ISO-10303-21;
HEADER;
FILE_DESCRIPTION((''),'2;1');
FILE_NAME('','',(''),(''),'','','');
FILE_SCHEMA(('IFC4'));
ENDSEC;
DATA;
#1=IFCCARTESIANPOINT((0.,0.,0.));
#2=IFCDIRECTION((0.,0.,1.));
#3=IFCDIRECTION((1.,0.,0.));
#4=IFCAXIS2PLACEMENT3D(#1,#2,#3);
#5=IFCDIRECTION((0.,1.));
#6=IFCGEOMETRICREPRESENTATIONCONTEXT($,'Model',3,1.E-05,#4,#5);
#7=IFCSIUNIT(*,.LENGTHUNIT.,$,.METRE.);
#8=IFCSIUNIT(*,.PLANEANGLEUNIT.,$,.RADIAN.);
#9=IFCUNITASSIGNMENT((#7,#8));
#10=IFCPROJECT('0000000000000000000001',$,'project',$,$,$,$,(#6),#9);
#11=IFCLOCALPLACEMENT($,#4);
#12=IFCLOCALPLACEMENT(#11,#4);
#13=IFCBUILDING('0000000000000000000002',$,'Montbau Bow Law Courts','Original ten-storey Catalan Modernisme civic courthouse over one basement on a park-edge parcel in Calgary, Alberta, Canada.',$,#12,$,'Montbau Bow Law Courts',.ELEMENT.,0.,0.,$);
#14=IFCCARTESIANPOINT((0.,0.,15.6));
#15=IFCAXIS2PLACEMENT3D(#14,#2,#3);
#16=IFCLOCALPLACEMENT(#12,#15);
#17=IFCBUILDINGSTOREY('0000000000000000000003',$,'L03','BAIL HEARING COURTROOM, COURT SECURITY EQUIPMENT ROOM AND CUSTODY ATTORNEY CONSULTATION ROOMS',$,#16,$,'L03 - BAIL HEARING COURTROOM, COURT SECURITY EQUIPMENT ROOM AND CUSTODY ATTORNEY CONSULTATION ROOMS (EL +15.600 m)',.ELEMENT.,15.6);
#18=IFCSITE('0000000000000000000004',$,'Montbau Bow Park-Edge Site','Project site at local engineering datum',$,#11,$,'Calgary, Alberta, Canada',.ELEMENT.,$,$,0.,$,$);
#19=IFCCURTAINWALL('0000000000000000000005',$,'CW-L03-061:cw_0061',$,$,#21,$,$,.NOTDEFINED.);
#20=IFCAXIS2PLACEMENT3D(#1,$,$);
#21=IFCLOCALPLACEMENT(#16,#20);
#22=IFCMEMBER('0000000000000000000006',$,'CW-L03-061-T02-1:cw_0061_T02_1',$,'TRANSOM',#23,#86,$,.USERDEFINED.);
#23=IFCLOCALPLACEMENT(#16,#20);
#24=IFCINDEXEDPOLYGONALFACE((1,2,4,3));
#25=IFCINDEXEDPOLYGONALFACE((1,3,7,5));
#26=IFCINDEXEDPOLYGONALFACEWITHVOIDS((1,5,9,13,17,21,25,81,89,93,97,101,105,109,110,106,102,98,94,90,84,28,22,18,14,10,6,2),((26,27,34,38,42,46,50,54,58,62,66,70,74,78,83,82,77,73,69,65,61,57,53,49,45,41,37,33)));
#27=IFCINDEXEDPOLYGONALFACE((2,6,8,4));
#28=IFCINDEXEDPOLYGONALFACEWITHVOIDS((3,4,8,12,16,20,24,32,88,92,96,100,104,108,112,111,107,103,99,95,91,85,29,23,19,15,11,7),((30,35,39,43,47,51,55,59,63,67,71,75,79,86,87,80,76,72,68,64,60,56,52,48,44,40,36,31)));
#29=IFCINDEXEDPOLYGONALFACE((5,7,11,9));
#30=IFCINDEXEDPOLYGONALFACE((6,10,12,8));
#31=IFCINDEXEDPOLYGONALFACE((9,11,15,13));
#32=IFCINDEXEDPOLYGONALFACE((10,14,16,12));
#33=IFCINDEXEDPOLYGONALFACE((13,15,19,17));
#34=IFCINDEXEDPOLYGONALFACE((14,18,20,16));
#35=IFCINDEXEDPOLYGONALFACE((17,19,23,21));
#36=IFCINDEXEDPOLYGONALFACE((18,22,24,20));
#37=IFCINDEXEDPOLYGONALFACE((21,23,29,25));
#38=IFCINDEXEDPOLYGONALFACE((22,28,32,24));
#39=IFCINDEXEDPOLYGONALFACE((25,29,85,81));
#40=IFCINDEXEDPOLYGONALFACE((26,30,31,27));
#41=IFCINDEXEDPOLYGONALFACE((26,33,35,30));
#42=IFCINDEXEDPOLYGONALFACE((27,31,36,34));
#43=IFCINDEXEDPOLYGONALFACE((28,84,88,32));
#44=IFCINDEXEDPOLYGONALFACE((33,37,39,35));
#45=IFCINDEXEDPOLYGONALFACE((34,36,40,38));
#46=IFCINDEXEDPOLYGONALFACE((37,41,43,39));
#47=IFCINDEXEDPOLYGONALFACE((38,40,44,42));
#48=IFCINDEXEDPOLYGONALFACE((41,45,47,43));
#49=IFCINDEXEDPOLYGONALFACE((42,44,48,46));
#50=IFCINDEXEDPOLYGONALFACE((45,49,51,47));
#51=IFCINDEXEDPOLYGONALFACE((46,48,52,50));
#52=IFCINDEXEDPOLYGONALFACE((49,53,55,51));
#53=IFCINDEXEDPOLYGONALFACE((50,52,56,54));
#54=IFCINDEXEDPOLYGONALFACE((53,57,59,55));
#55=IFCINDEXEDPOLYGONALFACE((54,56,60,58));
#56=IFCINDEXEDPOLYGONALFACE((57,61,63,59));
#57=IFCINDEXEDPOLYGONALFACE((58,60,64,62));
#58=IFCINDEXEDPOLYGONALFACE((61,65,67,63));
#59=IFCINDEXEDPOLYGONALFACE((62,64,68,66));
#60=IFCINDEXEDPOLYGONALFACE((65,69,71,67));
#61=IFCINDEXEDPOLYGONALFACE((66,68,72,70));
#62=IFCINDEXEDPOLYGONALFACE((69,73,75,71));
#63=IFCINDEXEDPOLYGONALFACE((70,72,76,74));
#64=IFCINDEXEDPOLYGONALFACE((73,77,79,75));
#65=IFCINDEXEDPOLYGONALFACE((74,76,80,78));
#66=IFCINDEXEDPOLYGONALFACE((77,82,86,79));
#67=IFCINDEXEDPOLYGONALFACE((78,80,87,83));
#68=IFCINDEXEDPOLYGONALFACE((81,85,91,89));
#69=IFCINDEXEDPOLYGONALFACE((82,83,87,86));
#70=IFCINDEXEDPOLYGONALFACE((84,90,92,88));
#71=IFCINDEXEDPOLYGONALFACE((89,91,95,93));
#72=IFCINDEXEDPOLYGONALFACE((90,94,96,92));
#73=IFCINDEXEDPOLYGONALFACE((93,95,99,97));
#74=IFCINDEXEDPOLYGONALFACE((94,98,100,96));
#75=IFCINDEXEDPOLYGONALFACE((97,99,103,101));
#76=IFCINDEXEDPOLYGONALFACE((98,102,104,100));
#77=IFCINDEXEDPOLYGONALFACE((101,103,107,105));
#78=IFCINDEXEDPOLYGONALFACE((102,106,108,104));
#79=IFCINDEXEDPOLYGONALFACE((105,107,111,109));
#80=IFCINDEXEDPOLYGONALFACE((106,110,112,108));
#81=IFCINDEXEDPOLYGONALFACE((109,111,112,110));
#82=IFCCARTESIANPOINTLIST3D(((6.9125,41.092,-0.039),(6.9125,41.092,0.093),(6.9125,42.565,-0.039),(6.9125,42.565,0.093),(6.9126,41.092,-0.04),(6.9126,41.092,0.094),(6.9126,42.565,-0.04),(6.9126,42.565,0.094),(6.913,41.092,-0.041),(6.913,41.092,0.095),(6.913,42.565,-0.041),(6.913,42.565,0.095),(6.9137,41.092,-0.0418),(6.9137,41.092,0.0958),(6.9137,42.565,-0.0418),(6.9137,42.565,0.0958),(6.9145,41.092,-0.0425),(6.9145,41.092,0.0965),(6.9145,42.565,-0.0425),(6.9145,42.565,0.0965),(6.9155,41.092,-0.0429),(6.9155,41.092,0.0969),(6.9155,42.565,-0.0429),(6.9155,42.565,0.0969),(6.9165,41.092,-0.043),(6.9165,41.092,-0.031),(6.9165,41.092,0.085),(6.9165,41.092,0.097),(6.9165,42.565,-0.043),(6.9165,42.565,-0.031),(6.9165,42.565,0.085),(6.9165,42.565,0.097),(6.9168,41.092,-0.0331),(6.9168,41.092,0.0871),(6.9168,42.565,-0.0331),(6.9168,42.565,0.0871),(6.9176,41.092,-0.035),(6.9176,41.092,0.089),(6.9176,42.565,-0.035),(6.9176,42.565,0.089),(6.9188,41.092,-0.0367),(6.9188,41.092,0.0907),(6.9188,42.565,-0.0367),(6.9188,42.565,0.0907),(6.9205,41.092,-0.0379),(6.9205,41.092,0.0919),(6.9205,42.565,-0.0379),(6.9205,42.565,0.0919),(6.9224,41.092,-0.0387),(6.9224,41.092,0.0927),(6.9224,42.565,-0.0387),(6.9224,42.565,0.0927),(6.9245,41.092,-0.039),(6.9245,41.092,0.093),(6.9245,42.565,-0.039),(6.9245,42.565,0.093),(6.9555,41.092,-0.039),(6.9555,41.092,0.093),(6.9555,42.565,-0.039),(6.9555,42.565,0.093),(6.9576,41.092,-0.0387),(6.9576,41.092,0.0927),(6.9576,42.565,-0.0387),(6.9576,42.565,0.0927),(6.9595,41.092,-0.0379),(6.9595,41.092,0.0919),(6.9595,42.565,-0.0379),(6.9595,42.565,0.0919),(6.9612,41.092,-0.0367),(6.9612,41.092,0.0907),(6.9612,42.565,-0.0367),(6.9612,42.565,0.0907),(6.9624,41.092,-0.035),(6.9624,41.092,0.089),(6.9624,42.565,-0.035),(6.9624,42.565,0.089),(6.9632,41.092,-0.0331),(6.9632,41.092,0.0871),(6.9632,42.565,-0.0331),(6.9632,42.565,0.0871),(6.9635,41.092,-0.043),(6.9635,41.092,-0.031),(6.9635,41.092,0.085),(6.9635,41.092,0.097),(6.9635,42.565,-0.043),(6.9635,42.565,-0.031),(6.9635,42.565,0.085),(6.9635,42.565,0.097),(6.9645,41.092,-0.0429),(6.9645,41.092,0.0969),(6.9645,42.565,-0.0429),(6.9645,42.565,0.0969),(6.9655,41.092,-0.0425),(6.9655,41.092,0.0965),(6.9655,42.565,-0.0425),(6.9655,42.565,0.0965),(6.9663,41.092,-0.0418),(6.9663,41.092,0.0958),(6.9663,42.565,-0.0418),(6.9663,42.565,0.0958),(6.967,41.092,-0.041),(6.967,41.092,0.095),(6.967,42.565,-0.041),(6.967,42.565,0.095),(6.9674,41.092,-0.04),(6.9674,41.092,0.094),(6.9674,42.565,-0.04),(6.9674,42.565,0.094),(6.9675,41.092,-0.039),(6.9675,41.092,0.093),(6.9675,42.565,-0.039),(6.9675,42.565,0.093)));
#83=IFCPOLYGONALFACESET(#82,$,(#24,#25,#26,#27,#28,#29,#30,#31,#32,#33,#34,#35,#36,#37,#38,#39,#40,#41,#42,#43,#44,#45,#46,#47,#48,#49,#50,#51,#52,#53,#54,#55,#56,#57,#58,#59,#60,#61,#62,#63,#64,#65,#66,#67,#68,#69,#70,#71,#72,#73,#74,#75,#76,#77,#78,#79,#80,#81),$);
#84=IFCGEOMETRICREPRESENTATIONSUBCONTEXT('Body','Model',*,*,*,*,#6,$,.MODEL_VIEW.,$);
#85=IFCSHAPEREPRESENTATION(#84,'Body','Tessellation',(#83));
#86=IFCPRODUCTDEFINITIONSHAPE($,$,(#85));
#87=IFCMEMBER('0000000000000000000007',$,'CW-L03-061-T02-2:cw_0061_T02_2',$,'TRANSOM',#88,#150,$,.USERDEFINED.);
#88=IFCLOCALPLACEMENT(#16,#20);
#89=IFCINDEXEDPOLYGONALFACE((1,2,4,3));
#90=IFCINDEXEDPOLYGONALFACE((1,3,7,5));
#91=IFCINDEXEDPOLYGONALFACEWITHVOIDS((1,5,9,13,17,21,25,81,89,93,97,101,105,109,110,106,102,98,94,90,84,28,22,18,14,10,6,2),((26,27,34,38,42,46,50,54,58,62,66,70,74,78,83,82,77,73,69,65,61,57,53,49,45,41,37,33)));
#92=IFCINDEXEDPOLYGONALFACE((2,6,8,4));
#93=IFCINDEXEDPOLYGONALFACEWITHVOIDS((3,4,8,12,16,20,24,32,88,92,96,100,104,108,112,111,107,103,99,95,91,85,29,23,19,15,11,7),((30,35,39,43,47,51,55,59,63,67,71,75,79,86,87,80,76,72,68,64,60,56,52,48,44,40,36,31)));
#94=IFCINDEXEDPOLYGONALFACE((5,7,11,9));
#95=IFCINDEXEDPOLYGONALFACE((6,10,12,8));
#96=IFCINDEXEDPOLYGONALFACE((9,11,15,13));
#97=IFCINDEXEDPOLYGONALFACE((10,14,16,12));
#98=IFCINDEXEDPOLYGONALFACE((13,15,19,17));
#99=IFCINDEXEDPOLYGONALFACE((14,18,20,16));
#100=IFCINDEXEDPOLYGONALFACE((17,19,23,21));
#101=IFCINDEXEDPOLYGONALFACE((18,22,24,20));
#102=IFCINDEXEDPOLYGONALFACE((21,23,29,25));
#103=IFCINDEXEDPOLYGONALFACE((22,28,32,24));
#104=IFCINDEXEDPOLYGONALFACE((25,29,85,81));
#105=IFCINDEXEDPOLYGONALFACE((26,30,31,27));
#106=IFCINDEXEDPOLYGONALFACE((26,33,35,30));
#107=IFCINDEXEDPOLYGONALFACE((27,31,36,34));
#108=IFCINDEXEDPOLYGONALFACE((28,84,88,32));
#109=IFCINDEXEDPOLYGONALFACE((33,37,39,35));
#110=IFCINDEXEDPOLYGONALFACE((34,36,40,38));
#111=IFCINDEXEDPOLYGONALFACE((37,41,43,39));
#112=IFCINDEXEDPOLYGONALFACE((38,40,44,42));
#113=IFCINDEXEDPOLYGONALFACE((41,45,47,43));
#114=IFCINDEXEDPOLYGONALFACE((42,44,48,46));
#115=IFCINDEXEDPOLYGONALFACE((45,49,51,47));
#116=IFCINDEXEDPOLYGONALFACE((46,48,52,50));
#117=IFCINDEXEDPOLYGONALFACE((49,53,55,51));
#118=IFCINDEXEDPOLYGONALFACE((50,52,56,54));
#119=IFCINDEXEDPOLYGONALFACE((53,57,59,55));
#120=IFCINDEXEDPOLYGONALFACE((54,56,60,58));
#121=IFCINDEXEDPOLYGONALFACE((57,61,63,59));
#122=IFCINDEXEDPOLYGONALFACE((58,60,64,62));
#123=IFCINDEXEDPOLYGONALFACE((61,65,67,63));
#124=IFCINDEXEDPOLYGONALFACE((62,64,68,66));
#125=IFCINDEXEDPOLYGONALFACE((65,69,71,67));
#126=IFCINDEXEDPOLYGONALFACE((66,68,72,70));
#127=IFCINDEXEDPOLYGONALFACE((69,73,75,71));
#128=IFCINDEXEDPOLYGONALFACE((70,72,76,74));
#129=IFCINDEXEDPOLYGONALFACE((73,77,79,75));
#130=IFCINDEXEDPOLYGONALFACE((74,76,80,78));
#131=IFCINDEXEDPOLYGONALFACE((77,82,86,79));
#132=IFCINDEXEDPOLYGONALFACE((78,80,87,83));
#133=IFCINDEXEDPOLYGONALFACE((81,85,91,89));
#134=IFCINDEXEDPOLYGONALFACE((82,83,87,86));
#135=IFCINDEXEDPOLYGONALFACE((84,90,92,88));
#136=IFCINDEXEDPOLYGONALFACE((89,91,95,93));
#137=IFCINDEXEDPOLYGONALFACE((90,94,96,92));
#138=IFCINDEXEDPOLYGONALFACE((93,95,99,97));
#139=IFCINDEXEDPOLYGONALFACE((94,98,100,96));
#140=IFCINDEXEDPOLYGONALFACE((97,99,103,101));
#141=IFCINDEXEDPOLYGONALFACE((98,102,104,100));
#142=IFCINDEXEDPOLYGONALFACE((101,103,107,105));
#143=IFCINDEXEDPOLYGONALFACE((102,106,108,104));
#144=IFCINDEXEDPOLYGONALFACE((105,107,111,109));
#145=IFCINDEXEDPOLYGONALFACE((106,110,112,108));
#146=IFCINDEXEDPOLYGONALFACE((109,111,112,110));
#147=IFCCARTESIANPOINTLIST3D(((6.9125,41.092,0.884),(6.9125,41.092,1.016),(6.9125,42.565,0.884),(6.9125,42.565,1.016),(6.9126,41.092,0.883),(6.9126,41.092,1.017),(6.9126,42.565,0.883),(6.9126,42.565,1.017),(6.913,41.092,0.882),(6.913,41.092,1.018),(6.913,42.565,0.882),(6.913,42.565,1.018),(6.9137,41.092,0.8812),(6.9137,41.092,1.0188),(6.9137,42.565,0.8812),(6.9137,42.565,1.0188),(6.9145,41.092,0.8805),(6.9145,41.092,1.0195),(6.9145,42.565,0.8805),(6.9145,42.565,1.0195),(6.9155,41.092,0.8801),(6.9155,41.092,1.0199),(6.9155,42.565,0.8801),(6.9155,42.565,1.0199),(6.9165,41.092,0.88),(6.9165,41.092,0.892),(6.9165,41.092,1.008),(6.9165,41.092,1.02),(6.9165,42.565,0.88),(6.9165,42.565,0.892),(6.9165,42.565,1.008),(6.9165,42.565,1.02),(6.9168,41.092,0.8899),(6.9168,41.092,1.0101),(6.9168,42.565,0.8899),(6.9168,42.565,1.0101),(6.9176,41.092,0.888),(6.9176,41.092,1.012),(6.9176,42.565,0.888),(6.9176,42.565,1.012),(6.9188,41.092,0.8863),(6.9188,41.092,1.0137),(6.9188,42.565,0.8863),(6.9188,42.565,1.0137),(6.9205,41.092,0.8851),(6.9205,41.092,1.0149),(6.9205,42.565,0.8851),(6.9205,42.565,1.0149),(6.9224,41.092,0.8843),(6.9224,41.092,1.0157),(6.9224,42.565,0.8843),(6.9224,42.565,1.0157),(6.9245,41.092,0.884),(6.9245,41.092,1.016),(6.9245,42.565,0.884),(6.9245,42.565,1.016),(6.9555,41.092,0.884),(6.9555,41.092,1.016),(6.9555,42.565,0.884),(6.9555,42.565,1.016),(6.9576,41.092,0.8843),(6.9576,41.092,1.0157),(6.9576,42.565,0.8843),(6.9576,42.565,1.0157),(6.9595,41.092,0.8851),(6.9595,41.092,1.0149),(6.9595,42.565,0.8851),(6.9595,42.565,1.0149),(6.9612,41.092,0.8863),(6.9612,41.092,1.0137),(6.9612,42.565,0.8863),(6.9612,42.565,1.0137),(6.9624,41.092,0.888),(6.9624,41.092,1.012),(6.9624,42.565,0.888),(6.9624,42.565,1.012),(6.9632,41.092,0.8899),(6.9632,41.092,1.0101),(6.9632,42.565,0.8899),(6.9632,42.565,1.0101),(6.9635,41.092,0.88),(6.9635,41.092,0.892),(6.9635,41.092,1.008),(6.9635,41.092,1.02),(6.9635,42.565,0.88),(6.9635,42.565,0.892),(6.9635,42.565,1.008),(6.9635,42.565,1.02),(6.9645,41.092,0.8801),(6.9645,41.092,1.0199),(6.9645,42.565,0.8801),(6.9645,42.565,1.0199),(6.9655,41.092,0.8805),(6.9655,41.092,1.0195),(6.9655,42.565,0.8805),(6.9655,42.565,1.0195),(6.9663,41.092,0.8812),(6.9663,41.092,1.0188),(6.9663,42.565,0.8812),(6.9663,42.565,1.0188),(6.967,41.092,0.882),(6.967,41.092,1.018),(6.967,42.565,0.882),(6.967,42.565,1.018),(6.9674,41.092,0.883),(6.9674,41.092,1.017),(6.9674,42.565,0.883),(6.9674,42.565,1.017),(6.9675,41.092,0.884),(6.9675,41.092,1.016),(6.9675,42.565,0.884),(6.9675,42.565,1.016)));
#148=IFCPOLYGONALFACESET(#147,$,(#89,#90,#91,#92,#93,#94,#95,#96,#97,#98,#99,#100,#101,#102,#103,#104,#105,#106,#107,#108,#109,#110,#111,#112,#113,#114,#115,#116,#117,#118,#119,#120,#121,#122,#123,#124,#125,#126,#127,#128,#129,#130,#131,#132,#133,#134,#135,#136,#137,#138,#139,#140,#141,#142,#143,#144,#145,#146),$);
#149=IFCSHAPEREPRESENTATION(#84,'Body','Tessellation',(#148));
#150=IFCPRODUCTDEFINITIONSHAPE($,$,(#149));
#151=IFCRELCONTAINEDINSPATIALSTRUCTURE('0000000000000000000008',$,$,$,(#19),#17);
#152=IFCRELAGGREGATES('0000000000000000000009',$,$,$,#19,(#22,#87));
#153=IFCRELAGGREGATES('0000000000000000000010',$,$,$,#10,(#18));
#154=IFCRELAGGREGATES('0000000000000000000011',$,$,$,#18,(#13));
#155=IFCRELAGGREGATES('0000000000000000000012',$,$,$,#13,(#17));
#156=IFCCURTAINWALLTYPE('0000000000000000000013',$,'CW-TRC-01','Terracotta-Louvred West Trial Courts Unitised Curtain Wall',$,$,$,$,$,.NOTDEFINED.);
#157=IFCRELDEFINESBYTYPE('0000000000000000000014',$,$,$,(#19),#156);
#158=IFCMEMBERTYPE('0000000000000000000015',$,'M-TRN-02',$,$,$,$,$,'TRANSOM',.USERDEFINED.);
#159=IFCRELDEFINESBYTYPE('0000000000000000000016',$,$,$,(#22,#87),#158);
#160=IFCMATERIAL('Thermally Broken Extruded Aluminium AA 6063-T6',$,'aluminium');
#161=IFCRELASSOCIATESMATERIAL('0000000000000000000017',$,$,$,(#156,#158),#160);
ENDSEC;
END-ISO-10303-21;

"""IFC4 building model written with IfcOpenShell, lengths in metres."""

from ifc_helpers import new_model, si_unit, direction, frame, origin_with_axes, origin_2d_with_axis, place, context, subcontext, project, spatial, hollow_rectangle, extrude, material, material_profile, profile_set, type_object, element, aggregate, save


model = new_model("IFC4")

# Units and contexts
model_context = context("Model", 3, precision=1e-05, world=origin_with_axes(), true_north=direction((0.0, 1.0)))
body_context = subcontext(model_context, "Body", "Model", "MODEL_VIEW")
ifc_project = project(units=[si_unit("LENGTHUNIT", "METRE"), si_unit("PLANEANGLEUNIT", "RADIAN")], contexts=[model_context])

# Site, building, storey
site_placement = place(None, origin_with_axes())
site = spatial("IfcSite", under=ifc_project, at=site_placement, Name="Montbau Bow Park-Edge Site", Description="Project site at local engineering datum", LongName="Calgary, Alberta, Canada", CompositionType="ELEMENT", RefElevation=0.0)
building_placement = place(site_placement, origin_with_axes())
building = spatial("IfcBuilding", under=site, at=building_placement, Name="Montbau Bow Law Courts", Description="Original ten-storey Catalan Modernisme civic courthouse over one basement on a park-edge parcel in Calgary, Alberta, Canada.", LongName="Montbau Bow Law Courts", CompositionType="ELEMENT", ElevationOfRefHeight=0.0, ElevationOfTerrain=0.0)
storey_placement = place(building_placement, frame((0.0, 0.0, 15.6), z_axis=(0.0, 0.0, 1.0), x_axis=(1.0, 0.0, 0.0)))
storey = spatial("IfcBuildingStorey", under=building, at=storey_placement, Name="L03", Description="BAIL HEARING COURTROOM, COURT SECURITY EQUIPMENT ROOM AND CUSTODY ATTORNEY CONSULTATION ROOMS", LongName="L03 - BAIL HEARING COURTROOM, COURT SECURITY EQUIPMENT ROOM AND CUSTODY ATTORNEY CONSULTATION ROOMS (EL +15.600 m)", CompositionType="ELEMENT", Elevation=15.6)

# Curtain wall, members
ifc_material_1 = material(Name="Thermally Broken Extruded Aluminium AA 6063-T6", Category="aluminium")
curtain_wall_type = type_object("IfcCurtainWallType", Name="CW-TRC-01", Description="Terracotta-Louvred West Trial Courts Unitised Curtain Wall", PredefinedType="NOTDEFINED", material=ifc_material_1)
curtain_wall_placement = place(None, frame((6.94, 39.515, 15.6), z_axis=(0.0, 0.0, 1.0), x_axis=(1.0, 0.0, 0.0)))
curtain_wall = element("IfcCurtainWall", 1, at=curtain_wall_placement, inside=storey, type_object=curtain_wall_type, Name="CW-L03-061:cw_0061", PredefinedType="NOTDEFINED")
ifc_material_profile_1 = material_profile(ifc_material_1, hollow_rectangle(XDim=0.055, YDim=0.14, WallThickness=0.004, InnerFilletRadius=0.008, OuterFilletRadius=0.004, at=origin_2d_with_axis()), Name="CWT-140X55", Category="Main", Priority=0)
ifc_profile_set_1 = profile_set([ifc_material_profile_1], Name="Thermally Broken Extruded Aluminium AA 6063-T6")
member_type_1 = type_object("IfcMemberType", Name="M-TRN-02", ElementType="TRANSOM", PredefinedType="USERDEFINED", material=ifc_profile_set_1)
member_1_placement = place(None, frame((6.94, 41.092, 15.627), z_axis=(0.0, 1.0, 0.0), x_axis=(-1.0, 0.0, 0.0)))
member_1 = element("IfcMember", 2, at=member_1_placement, type_object=member_type_1, Name="CW-L03-061-T02-1:cw_0061_T02_1", ObjectType="TRANSOM", PredefinedType="USERDEFINED", context=body_context, shape_type="SweptSolid", body=[
    extrude(hollow_rectangle(XDim=0.055, YDim=0.14, WallThickness=0.004, InnerFilletRadius=0.008, OuterFilletRadius=0.004, at=origin_2d_with_axis()), origin_with_axes(), (0.0, 0.0, 1.0), 1.473),
])
member_2_placement = place(None, frame((6.94, 41.092, 16.55), z_axis=(0.0, 1.0, 0.0), x_axis=(-1.0, 0.0, 0.0)))
member_2 = element("IfcMember", 3, at=member_2_placement, type_object=member_type_1, Name="CW-L03-061-T02-2:cw_0061_T02_2", ObjectType="TRANSOM", PredefinedType="USERDEFINED", context=body_context, shape_type="SweptSolid", body=[
    extrude(hollow_rectangle(XDim=0.055, YDim=0.14, WallThickness=0.004, InnerFilletRadius=0.008, OuterFilletRadius=0.004, at=origin_2d_with_axis()), origin_with_axes(), (0.0, 0.0, 1.0), 1.473),
])
aggregate(curtain_wall, [member_1, member_2])

save(model, "model.ifc")
